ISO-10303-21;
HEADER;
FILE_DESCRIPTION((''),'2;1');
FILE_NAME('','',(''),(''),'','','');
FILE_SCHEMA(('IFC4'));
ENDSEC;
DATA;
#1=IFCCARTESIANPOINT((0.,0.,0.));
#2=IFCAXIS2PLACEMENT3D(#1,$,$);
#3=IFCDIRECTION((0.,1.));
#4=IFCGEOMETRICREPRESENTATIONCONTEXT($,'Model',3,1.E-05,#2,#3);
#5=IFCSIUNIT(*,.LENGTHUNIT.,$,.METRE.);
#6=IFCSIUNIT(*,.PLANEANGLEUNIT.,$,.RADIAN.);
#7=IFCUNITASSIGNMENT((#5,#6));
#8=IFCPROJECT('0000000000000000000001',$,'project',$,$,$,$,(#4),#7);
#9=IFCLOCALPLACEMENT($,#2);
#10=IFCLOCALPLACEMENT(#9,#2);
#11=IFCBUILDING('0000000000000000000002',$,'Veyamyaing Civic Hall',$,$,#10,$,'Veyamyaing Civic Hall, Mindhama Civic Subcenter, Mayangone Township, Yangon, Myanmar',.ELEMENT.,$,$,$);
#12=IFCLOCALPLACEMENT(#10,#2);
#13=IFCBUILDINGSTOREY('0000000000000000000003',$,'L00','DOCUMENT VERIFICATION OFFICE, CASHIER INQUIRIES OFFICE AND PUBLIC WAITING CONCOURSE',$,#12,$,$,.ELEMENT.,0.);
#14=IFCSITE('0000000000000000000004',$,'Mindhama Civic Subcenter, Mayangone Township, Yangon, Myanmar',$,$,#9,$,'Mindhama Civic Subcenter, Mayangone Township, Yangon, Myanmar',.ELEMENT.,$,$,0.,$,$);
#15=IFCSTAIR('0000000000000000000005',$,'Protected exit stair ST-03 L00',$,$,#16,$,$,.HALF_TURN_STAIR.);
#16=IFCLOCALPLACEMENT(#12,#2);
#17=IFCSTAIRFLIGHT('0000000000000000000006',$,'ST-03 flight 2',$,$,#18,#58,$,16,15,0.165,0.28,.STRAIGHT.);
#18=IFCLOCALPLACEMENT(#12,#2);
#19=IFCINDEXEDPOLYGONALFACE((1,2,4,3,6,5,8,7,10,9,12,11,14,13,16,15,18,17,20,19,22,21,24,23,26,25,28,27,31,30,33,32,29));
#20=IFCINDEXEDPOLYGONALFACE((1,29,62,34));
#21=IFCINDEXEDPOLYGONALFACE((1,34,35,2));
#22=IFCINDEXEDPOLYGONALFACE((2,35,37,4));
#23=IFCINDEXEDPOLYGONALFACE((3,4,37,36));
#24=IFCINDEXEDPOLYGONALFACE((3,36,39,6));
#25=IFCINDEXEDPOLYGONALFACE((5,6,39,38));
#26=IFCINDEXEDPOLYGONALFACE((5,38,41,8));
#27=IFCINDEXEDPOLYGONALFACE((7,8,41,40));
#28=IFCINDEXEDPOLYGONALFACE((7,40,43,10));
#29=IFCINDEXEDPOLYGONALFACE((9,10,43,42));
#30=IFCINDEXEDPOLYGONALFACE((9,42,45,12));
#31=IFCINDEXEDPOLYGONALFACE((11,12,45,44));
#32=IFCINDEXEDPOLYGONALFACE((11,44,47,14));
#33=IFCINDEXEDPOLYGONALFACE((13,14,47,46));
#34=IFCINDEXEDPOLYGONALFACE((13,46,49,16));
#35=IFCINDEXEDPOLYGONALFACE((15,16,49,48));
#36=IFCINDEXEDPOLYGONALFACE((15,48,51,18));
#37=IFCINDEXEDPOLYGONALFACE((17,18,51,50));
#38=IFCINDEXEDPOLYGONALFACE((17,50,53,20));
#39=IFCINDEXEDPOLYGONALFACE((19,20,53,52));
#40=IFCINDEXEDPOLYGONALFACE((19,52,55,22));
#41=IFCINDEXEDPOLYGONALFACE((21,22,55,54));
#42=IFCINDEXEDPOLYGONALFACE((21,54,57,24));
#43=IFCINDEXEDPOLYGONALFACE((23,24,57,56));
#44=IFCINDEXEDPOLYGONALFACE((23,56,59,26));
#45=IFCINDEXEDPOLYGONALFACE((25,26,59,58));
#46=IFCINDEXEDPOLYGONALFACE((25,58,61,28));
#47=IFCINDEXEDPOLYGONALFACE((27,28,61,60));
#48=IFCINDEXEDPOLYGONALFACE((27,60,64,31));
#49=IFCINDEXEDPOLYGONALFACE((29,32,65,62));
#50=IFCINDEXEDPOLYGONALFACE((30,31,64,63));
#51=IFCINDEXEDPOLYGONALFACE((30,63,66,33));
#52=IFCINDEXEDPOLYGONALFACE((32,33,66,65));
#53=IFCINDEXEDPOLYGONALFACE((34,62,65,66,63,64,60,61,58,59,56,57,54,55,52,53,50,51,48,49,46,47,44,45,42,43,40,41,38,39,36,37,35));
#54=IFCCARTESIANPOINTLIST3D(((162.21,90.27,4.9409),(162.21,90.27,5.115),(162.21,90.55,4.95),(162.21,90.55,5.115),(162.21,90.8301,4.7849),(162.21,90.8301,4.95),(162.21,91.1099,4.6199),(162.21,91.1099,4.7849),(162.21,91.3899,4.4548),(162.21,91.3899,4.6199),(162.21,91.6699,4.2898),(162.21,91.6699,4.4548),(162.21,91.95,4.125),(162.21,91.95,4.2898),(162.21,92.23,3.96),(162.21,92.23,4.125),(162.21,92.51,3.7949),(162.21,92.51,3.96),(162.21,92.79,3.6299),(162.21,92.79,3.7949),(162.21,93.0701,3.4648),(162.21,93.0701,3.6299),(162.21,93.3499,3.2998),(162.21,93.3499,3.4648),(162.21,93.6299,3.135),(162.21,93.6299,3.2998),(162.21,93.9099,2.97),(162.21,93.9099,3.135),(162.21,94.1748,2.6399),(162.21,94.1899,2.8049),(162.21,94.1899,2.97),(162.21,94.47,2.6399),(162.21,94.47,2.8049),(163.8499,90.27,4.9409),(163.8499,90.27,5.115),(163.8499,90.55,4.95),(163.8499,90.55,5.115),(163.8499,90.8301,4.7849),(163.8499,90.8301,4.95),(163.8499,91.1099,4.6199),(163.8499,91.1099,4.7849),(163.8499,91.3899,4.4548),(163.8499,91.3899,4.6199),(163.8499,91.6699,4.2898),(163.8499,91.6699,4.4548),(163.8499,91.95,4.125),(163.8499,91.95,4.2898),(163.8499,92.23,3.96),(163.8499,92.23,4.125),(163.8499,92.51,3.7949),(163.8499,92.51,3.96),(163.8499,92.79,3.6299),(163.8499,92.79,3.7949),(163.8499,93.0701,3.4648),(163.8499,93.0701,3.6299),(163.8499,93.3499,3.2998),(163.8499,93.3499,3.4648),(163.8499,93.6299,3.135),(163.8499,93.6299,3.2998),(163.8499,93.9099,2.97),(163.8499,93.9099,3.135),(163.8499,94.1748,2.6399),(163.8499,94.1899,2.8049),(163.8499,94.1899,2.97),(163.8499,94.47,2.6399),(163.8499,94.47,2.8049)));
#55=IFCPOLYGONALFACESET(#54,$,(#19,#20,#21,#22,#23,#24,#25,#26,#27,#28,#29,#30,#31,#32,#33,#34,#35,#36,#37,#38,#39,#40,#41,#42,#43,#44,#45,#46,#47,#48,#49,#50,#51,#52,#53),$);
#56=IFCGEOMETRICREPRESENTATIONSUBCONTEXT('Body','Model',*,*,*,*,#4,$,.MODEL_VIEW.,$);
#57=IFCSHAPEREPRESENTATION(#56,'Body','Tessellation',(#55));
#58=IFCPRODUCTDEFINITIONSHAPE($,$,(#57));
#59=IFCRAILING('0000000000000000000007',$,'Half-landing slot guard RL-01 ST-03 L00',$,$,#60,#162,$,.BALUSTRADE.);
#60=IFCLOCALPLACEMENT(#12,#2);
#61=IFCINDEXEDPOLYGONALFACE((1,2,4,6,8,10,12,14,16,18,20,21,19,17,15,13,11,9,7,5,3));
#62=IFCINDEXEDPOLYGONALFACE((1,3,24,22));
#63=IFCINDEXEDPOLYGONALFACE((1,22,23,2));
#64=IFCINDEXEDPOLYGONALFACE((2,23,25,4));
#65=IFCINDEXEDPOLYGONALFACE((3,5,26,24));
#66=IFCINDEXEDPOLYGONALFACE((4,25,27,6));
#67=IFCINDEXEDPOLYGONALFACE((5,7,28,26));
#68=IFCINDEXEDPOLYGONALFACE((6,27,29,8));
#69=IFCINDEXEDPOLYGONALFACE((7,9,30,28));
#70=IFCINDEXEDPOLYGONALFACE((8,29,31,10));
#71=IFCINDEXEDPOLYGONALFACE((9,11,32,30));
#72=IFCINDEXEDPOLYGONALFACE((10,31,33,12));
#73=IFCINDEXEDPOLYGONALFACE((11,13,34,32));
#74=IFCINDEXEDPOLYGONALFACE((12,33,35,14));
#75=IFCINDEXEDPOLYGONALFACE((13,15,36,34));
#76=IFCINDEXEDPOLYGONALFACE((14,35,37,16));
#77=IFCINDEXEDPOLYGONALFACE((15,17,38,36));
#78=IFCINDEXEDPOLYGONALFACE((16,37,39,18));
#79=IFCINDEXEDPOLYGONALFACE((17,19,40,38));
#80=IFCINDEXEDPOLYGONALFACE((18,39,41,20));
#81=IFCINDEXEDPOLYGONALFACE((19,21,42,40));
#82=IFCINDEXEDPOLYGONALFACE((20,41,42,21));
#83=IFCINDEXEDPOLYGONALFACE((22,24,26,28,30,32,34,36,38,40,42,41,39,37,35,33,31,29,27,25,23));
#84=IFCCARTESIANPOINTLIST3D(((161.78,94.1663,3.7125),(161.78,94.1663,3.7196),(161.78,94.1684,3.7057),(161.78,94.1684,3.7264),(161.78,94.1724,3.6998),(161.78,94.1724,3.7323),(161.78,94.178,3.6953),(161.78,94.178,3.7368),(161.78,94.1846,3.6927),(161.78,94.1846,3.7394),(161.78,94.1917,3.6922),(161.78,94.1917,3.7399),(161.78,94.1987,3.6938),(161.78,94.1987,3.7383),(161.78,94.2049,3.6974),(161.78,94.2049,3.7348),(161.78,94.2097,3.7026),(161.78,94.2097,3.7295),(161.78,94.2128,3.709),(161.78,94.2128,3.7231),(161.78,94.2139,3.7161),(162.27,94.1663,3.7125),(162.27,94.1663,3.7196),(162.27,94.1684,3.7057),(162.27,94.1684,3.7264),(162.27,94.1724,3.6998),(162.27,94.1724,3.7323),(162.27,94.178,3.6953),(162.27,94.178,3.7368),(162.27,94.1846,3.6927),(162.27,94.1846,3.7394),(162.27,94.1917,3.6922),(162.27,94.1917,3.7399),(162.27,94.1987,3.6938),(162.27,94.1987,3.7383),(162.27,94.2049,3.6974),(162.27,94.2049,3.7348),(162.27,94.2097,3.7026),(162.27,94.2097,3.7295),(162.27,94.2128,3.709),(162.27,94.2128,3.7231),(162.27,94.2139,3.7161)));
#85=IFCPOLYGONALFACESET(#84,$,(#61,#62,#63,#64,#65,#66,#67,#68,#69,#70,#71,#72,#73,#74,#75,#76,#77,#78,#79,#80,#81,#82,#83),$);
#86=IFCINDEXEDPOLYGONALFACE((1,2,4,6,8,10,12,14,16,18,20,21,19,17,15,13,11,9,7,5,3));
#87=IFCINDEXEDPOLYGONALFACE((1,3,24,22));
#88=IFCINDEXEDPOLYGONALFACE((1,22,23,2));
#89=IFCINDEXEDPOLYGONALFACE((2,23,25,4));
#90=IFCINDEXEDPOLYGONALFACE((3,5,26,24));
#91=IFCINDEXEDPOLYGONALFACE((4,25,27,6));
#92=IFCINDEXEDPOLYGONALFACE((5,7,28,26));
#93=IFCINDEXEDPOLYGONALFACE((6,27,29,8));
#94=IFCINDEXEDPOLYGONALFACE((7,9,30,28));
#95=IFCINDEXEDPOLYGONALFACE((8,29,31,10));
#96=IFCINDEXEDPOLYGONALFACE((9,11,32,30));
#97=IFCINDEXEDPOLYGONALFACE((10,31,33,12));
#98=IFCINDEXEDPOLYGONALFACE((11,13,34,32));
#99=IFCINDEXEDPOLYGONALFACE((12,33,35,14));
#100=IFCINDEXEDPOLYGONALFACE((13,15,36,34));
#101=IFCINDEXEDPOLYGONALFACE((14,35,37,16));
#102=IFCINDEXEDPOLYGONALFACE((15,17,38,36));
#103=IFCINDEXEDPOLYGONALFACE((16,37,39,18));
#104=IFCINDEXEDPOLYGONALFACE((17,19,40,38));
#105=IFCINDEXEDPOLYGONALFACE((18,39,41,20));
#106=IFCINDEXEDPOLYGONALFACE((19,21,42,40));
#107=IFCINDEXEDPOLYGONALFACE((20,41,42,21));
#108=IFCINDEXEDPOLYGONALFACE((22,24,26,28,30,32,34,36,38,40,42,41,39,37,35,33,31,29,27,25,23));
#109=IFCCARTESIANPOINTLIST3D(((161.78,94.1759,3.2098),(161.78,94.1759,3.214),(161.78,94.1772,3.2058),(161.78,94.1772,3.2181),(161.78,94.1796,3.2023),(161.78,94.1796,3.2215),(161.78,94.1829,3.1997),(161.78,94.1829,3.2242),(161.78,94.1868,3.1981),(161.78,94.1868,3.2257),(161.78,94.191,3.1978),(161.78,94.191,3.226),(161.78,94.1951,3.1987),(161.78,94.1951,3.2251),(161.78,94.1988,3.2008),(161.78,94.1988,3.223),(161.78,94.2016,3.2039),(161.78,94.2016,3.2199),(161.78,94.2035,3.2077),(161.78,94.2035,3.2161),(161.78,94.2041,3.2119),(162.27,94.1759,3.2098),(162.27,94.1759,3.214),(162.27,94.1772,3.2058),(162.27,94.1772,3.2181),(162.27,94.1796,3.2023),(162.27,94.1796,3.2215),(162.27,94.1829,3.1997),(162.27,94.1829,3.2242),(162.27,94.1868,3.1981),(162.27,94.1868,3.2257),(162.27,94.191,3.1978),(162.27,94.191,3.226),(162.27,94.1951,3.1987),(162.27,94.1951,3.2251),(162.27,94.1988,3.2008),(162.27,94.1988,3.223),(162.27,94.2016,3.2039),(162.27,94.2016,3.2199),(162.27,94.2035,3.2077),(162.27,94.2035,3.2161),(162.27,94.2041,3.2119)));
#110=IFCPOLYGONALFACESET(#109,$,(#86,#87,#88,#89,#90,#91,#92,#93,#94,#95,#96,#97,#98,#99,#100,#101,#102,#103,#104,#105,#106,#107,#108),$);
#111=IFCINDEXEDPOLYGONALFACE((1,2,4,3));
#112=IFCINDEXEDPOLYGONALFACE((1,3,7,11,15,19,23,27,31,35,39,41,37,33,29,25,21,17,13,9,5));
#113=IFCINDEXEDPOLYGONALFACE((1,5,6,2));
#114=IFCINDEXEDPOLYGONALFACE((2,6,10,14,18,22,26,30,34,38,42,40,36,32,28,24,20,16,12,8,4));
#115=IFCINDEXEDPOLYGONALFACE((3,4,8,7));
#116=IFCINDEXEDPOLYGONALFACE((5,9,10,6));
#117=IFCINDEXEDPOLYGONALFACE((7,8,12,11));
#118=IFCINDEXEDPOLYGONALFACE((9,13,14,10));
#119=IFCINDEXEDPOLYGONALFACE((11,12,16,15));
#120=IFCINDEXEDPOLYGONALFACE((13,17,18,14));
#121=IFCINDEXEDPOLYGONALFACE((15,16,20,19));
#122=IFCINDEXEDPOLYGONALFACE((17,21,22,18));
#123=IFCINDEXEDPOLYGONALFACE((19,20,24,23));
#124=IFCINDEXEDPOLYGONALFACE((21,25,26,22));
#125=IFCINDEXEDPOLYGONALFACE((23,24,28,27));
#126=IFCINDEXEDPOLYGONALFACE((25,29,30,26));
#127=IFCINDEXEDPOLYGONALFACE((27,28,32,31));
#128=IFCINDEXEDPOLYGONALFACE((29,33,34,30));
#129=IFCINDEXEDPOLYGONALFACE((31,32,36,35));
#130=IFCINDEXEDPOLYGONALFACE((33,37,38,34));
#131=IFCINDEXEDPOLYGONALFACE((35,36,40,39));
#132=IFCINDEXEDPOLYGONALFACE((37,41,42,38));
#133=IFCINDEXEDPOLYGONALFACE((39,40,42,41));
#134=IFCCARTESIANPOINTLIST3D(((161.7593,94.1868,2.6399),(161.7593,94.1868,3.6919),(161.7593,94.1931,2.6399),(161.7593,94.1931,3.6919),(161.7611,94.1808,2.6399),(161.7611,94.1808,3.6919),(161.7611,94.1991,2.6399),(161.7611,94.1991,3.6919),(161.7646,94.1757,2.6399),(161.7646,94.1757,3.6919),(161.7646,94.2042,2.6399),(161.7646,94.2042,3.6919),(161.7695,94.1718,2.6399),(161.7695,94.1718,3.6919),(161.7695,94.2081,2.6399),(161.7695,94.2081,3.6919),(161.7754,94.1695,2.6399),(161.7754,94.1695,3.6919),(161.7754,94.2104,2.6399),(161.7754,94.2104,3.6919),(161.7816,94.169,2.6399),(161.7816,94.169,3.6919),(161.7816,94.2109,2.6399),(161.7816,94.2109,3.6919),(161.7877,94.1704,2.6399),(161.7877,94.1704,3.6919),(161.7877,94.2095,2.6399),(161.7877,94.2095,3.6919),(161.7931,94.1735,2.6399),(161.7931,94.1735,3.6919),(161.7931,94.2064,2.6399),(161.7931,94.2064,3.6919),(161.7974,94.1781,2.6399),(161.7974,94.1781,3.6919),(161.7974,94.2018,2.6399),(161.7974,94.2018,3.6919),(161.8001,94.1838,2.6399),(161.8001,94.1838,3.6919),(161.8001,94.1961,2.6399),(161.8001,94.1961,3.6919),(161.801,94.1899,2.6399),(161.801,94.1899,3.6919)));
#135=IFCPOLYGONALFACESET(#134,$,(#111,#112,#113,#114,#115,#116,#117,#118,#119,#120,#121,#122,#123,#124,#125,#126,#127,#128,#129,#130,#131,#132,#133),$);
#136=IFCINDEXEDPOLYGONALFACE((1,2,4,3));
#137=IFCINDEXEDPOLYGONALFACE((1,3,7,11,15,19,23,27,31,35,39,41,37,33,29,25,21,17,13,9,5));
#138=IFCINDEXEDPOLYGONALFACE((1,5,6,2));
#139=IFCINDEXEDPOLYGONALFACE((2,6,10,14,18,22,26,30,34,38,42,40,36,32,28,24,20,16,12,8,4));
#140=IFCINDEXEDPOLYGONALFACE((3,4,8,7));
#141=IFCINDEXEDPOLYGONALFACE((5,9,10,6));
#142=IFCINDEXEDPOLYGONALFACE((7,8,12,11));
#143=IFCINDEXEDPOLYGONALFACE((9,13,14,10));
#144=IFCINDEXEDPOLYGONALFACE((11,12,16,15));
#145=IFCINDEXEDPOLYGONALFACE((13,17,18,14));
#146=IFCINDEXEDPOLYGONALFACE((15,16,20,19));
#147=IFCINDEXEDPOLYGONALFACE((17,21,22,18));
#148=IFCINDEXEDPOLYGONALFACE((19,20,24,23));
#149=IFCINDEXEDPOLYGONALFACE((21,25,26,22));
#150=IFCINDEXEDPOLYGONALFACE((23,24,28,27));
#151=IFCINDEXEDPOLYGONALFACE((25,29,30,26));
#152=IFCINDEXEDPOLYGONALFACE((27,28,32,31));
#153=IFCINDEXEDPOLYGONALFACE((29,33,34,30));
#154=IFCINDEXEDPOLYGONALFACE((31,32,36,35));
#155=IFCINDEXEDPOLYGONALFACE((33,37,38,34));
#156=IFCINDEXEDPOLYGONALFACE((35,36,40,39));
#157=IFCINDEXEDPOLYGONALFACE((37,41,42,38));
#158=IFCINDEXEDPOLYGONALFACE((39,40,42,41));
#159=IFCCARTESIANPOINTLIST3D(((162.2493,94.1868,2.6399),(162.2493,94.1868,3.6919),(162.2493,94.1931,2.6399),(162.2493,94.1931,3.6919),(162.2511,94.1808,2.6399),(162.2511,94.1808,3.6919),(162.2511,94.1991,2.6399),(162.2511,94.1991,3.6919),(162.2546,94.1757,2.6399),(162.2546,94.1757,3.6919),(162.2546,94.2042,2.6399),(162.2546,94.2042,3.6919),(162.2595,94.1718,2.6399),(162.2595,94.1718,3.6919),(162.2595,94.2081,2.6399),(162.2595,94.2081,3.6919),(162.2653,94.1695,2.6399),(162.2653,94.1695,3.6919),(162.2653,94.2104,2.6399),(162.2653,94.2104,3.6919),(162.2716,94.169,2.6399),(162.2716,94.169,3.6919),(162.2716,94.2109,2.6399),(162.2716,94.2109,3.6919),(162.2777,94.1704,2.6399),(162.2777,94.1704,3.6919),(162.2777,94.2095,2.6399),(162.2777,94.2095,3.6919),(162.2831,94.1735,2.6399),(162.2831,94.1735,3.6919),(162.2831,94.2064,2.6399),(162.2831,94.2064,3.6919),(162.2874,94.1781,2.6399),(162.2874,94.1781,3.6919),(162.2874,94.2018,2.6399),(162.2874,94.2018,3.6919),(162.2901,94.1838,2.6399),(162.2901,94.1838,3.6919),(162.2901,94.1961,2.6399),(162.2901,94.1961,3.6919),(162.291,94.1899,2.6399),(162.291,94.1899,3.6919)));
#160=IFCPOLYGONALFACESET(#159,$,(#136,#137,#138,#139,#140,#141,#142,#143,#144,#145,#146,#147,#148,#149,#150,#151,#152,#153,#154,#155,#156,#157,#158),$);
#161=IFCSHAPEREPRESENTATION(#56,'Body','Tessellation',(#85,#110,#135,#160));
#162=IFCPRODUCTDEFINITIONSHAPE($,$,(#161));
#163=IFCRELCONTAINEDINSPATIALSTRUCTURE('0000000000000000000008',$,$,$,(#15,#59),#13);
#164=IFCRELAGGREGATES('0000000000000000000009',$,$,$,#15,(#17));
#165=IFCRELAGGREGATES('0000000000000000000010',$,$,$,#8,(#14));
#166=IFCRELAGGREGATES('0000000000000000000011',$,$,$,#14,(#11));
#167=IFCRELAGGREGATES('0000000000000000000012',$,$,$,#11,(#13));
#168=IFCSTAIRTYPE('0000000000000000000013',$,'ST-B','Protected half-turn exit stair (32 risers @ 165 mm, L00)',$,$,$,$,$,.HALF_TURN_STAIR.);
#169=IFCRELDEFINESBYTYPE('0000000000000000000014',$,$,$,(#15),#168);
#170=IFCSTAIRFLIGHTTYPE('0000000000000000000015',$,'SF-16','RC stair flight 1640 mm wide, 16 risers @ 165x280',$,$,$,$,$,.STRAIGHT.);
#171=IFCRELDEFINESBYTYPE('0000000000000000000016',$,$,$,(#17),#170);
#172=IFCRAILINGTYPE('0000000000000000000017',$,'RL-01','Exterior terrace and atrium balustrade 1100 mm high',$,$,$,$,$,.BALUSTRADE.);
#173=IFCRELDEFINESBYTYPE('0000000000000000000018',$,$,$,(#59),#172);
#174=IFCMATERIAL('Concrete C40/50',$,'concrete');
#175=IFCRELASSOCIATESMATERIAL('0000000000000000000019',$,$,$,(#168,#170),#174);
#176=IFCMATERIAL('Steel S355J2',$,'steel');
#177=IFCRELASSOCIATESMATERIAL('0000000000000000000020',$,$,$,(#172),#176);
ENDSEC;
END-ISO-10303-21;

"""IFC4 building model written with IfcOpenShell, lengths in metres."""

from ifc_helpers import new_model, si_unit, direction, frame, origin, origin_2d, place, context, subcontext, project, spatial, polyline, circle, outline, extrude, material, type_object, element, aggregate, save


model = new_model("IFC4")

# Units and contexts
model_context = context("Model", 3, precision=1e-05, world=origin(), true_north=direction((0.0, 1.0)))
body_context = subcontext(model_context, "Body", "Model", "MODEL_VIEW")
ifc_project = project(units=[si_unit("LENGTHUNIT", "METRE"), si_unit("PLANEANGLEUNIT", "RADIAN")], contexts=[model_context])

# Site, building, storey
site_placement = place(None, origin())
site = spatial("IfcSite", under=ifc_project, at=site_placement, Name="Mindhama Civic Subcenter, Mayangone Township, Yangon, Myanmar", LongName="Mindhama Civic Subcenter, Mayangone Township, Yangon, Myanmar", CompositionType="ELEMENT", RefElevation=0.0)
building_placement = place(site_placement, origin())
building = spatial("IfcBuilding", under=site, at=building_placement, Name="Veyamyaing Civic Hall", LongName="Veyamyaing Civic Hall, Mindhama Civic Subcenter, Mayangone Township, Yangon, Myanmar", CompositionType="ELEMENT")
storey_placement = place(building_placement, origin())
storey = spatial("IfcBuildingStorey", under=building, at=storey_placement, Name="L00", Description="DOCUMENT VERIFICATION OFFICE, CASHIER INQUIRIES OFFICE AND PUBLIC WAITING CONCOURSE", CompositionType="ELEMENT", Elevation=0.0)

# Shared definitions
ifc_material_1 = material(Name="Concrete C40/50", Category="concrete")

# Stair, stair flight
stair_type = type_object("IfcStairType", Name="ST-B", Description="Protected half-turn exit stair (32 risers @ 165 mm, L00)", PredefinedType="HALF_TURN_STAIR", material=ifc_material_1)
stair_placement = place(storey_placement, origin())
stair = element("IfcStair", 1, at=stair_placement, inside=storey, type_object=stair_type, Name="Protected exit stair ST-03 L00", PredefinedType="HALF_TURN_STAIR")
stair_flight_type = type_object("IfcStairFlightType", Name="SF-16", Description="RC stair flight 1640 mm wide, 16 risers @ 165x280", PredefinedType="STRAIGHT", material=ifc_material_1)
stair_flight_1_placement = place(storey_placement, frame((163.03, 94.47, 2.6399), z_axis=(0.0, 0.0, 1.0), x_axis=(0.0, -1.0, 0.0)))
stair_flight_1 = element("IfcStairFlight", 2, at=stair_flight_1_placement, type_object=stair_flight_type, Name="ST-03 flight 2", NumberOfRisers=16, NumberOfTreads=15, PredefinedType="STRAIGHT", RiserHeight=0.165, TreadLength=0.28, context=body_context, shape_type="SweptSolid", body=[
    extrude(outline(polyline([(0.0, 0.0), (0.0, 0.165), (0.28, 0.165), (0.28, 0.3301), (0.5601, 0.3301), (0.5601, 0.4951), (0.8401, 0.4951), (0.8401, 0.6599), (1.1201, 0.6599), (1.1201, 0.825), (1.3999, 0.825), (1.3999, 0.99), (1.6799, 0.99), (1.6799, 1.155), (1.96, 1.155), (1.96, 1.3201), (2.24, 1.3201), (2.24, 1.4851), (2.52, 1.4851), (2.52, 1.6499), (2.8, 1.6499), (2.8, 1.8149), (3.0801, 1.8149), (3.0801, 1.98), (3.3601, 1.98), (3.3601, 2.145), (3.6399, 2.145), (3.6399, 2.3101), (3.9199, 2.3101), (3.9199, 2.4751), (4.2, 2.4751), (4.2, 2.6399), (4.2, 2.301), (0.2952, 0.0), (0.0, 0.0)])), frame((0.0, 0.8198, 0.0), z_axis=(0.0, -1.0, 0.0), x_axis=(1.0, 0.0, 0.0)), (0.0, 0.0, 1.0), 1.6399),
])
aggregate(stair, [stair_flight_1])

# Railing
ifc_material_2 = material(Name="Steel S355J2", Category="steel")
railing_type_1 = type_object("IfcRailingType", Name="RL-01", Description="Exterior terrace and atrium balustrade 1100 mm high", PredefinedType="BALUSTRADE", material=ifc_material_2)
railing_1_placement = place(storey_placement, frame((161.78, 94.1899, 2.6399)))
element("IfcRailing", 3, at=railing_1_placement, inside=storey, type_object=railing_type_1, Name="Half-landing slot guard RL-01 ST-03 L00", PredefinedType="BALUSTRADE", context=body_context, shape_type="SweptSolid", body=[
    extrude(circle(Radius=0.0239, at=origin_2d()), frame((0.0, 0.0, 1.0762), z_axis=(1.0, 0.0, 0.0), x_axis=(0.0, 1.0, 0.0)), (0.0, 0.0, 1.0), 0.49),
    extrude(circle(Radius=0.0142, at=origin_2d()), frame((0.0, 0.0, 0.572), z_axis=(1.0, 0.0, 0.0), x_axis=(0.0, 1.0, 0.0)), (0.0, 0.0, 1.0), 0.49),
    extrude(circle(Radius=0.021, at=origin_2d()), origin(), (0.0, 0.0, 1.0), 1.052),
    extrude(circle(Radius=0.021, at=origin_2d()), frame((0.49, 0.0, 0.0)), (0.0, 0.0, 1.0), 1.052),
])

save(model, "model.ifc")
